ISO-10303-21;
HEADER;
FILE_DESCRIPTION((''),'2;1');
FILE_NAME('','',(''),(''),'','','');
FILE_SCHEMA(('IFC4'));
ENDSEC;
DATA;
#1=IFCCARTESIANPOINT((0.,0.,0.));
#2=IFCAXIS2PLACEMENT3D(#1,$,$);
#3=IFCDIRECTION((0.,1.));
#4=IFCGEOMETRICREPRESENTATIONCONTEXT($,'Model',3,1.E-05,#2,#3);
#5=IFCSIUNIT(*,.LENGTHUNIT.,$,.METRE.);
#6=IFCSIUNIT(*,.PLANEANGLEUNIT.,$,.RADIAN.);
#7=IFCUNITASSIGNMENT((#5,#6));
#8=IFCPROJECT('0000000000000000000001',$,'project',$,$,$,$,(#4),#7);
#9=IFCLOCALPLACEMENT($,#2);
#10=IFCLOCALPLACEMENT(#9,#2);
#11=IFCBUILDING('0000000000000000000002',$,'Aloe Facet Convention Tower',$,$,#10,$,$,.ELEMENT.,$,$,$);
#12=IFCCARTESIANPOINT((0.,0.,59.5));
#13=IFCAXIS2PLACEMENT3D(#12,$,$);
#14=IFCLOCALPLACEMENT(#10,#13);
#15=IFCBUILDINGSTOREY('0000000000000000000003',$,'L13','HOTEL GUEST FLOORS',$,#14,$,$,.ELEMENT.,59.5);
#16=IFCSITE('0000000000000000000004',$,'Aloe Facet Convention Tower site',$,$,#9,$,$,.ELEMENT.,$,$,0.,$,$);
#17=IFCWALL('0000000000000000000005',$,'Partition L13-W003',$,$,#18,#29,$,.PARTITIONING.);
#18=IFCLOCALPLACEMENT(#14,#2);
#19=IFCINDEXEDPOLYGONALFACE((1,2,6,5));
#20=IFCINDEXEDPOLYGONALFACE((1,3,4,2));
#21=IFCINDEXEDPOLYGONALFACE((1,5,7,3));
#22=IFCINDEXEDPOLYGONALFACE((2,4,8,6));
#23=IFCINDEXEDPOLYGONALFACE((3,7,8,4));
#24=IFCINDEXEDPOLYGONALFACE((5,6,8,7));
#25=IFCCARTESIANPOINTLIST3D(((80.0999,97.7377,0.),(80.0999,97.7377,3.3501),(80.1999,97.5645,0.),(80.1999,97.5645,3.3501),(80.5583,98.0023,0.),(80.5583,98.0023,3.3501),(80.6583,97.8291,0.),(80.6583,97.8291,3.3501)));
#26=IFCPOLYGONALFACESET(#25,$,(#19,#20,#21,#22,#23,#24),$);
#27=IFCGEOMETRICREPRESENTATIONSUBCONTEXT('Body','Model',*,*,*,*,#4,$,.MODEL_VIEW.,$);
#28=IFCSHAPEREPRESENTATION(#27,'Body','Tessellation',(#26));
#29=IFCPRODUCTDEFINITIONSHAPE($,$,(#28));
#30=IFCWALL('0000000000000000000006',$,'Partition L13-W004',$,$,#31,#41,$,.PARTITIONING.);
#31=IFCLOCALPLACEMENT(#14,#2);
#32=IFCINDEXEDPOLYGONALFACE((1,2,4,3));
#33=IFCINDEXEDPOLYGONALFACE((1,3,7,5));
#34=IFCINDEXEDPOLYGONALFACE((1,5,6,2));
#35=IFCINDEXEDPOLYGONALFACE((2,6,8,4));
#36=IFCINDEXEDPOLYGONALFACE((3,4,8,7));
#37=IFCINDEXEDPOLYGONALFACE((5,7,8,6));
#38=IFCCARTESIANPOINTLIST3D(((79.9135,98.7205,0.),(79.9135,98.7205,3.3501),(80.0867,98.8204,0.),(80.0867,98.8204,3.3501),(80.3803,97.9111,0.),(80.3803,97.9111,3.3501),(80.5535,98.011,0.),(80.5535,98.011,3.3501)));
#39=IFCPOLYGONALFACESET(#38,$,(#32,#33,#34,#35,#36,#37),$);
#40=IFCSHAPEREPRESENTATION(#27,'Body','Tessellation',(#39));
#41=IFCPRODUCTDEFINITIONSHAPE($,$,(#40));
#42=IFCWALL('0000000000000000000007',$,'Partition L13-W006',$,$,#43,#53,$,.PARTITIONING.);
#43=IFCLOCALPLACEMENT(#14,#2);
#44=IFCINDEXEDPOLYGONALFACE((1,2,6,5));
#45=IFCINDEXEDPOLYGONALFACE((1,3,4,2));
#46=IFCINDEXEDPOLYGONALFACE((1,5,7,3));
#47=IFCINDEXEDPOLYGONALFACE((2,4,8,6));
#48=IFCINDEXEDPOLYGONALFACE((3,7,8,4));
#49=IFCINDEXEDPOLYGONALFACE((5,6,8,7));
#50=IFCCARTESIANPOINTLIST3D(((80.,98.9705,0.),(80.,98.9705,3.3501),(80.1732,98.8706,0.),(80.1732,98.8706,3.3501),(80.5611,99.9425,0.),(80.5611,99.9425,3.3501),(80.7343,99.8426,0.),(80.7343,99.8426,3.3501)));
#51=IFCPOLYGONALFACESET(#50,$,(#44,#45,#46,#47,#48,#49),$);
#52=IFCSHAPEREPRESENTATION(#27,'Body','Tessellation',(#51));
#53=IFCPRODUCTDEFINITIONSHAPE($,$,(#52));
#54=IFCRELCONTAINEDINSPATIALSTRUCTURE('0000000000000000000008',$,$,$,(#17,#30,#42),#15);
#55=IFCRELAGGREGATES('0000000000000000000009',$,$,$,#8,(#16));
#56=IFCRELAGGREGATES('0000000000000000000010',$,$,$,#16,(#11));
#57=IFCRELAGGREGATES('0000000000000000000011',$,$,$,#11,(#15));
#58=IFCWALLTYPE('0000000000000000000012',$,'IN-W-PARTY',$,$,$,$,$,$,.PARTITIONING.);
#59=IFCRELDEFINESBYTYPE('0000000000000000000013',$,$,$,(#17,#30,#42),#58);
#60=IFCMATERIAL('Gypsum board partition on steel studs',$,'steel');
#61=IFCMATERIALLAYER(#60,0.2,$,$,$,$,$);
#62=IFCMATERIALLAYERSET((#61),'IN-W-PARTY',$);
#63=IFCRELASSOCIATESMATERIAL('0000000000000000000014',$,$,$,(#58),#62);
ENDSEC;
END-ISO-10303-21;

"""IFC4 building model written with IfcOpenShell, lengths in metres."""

from ifc_helpers import new_model, si_unit, direction, frame, frame_2d, origin, place, context, subcontext, project, spatial, rectangle, extrude, material, layer, layer_set, type_object, element, save


model = new_model("IFC4")

# Units and contexts
model_context = context("Model", 3, precision=1e-05, world=origin(), true_north=direction((0.0, 1.0)))
body_context = subcontext(model_context, "Body", "Model", "MODEL_VIEW")
ifc_project = project(units=[si_unit("LENGTHUNIT", "METRE"), si_unit("PLANEANGLEUNIT", "RADIAN")], contexts=[model_context])

# Site, building, storey
site_placement = place(None, origin())
site = spatial("IfcSite", under=ifc_project, at=site_placement, Name="Aloe Facet Convention Tower site", CompositionType="ELEMENT", RefElevation=0.0)
building_placement = place(site_placement, origin())
building = spatial("IfcBuilding", under=site, at=building_placement, Name="Aloe Facet Convention Tower", CompositionType="ELEMENT")
storey_placement = place(building_placement, frame((0.0, 0.0, 59.5)))
storey = spatial("IfcBuildingStorey", under=building, at=storey_placement, Name="L13", Description="HOTEL GUEST FLOORS", CompositionType="ELEMENT", Elevation=59.5)

# Walls
ifc_material_1 = material(Name="Gypsum board partition on steel studs", Category="steel")
ifc_layer_1 = layer(ifc_material_1, 0.2)
ifc_layer_set_1 = layer_set([ifc_layer_1], Name="IN-W-PARTY")
wall_type_1 = type_object("IfcWallType", Name="IN-W-PARTY", PredefinedType="PARTITIONING", material=ifc_layer_set_1)
wall_1_placement = place(storey_placement, frame((80.1499, 97.6511, 0.0), z_axis=(0.0, 0.0, 1.0), x_axis=(0.866078, 0.499909, 0.0)))
element("IfcWall", 1, at=wall_1_placement, inside=storey, type_object=wall_type_1, Name="Partition L13-W003", PredefinedType="PARTITIONING", context=body_context, shape_type="SweptSolid", body=[
    extrude(rectangle(XDim=0.5293, YDim=0.2, at=frame_2d((0.2646, 0.0))), origin(), (0.0, 0.0, 1.0), 3.3501),
])
wall_2_placement = place(storey_placement, frame((80.0, 98.7705, 0.0), z_axis=(0.0, 0.0, 1.0), x_axis=(0.499624, -0.866242, 0.0)))
element("IfcWall", 2, at=wall_2_placement, inside=storey, type_object=wall_type_1, Name="Partition L13-W004", PredefinedType="PARTITIONING", context=body_context, shape_type="SweptSolid", body=[
    extrude(rectangle(XDim=0.9343, YDim=0.2, at=frame_2d((0.4673, 0.0))), origin(), (0.0, 0.0, 1.0), 3.3501),
])
wall_3_placement = place(storey_placement, frame((80.0867, 98.9207, 0.0), z_axis=(0.0, 0.0, 1.0), x_axis=(0.49993, 0.866066, 0.0)))
element("IfcWall", 3, at=wall_3_placement, inside=storey, type_object=wall_type_1, Name="Partition L13-W006", PredefinedType="PARTITIONING", context=body_context, shape_type="SweptSolid", body=[
    extrude(rectangle(XDim=1.1223, YDim=0.2, at=frame_2d((0.561, 0.0))), origin(), (0.0, 0.0, 1.0), 3.3501),
])

save(model, "model.ifc")
